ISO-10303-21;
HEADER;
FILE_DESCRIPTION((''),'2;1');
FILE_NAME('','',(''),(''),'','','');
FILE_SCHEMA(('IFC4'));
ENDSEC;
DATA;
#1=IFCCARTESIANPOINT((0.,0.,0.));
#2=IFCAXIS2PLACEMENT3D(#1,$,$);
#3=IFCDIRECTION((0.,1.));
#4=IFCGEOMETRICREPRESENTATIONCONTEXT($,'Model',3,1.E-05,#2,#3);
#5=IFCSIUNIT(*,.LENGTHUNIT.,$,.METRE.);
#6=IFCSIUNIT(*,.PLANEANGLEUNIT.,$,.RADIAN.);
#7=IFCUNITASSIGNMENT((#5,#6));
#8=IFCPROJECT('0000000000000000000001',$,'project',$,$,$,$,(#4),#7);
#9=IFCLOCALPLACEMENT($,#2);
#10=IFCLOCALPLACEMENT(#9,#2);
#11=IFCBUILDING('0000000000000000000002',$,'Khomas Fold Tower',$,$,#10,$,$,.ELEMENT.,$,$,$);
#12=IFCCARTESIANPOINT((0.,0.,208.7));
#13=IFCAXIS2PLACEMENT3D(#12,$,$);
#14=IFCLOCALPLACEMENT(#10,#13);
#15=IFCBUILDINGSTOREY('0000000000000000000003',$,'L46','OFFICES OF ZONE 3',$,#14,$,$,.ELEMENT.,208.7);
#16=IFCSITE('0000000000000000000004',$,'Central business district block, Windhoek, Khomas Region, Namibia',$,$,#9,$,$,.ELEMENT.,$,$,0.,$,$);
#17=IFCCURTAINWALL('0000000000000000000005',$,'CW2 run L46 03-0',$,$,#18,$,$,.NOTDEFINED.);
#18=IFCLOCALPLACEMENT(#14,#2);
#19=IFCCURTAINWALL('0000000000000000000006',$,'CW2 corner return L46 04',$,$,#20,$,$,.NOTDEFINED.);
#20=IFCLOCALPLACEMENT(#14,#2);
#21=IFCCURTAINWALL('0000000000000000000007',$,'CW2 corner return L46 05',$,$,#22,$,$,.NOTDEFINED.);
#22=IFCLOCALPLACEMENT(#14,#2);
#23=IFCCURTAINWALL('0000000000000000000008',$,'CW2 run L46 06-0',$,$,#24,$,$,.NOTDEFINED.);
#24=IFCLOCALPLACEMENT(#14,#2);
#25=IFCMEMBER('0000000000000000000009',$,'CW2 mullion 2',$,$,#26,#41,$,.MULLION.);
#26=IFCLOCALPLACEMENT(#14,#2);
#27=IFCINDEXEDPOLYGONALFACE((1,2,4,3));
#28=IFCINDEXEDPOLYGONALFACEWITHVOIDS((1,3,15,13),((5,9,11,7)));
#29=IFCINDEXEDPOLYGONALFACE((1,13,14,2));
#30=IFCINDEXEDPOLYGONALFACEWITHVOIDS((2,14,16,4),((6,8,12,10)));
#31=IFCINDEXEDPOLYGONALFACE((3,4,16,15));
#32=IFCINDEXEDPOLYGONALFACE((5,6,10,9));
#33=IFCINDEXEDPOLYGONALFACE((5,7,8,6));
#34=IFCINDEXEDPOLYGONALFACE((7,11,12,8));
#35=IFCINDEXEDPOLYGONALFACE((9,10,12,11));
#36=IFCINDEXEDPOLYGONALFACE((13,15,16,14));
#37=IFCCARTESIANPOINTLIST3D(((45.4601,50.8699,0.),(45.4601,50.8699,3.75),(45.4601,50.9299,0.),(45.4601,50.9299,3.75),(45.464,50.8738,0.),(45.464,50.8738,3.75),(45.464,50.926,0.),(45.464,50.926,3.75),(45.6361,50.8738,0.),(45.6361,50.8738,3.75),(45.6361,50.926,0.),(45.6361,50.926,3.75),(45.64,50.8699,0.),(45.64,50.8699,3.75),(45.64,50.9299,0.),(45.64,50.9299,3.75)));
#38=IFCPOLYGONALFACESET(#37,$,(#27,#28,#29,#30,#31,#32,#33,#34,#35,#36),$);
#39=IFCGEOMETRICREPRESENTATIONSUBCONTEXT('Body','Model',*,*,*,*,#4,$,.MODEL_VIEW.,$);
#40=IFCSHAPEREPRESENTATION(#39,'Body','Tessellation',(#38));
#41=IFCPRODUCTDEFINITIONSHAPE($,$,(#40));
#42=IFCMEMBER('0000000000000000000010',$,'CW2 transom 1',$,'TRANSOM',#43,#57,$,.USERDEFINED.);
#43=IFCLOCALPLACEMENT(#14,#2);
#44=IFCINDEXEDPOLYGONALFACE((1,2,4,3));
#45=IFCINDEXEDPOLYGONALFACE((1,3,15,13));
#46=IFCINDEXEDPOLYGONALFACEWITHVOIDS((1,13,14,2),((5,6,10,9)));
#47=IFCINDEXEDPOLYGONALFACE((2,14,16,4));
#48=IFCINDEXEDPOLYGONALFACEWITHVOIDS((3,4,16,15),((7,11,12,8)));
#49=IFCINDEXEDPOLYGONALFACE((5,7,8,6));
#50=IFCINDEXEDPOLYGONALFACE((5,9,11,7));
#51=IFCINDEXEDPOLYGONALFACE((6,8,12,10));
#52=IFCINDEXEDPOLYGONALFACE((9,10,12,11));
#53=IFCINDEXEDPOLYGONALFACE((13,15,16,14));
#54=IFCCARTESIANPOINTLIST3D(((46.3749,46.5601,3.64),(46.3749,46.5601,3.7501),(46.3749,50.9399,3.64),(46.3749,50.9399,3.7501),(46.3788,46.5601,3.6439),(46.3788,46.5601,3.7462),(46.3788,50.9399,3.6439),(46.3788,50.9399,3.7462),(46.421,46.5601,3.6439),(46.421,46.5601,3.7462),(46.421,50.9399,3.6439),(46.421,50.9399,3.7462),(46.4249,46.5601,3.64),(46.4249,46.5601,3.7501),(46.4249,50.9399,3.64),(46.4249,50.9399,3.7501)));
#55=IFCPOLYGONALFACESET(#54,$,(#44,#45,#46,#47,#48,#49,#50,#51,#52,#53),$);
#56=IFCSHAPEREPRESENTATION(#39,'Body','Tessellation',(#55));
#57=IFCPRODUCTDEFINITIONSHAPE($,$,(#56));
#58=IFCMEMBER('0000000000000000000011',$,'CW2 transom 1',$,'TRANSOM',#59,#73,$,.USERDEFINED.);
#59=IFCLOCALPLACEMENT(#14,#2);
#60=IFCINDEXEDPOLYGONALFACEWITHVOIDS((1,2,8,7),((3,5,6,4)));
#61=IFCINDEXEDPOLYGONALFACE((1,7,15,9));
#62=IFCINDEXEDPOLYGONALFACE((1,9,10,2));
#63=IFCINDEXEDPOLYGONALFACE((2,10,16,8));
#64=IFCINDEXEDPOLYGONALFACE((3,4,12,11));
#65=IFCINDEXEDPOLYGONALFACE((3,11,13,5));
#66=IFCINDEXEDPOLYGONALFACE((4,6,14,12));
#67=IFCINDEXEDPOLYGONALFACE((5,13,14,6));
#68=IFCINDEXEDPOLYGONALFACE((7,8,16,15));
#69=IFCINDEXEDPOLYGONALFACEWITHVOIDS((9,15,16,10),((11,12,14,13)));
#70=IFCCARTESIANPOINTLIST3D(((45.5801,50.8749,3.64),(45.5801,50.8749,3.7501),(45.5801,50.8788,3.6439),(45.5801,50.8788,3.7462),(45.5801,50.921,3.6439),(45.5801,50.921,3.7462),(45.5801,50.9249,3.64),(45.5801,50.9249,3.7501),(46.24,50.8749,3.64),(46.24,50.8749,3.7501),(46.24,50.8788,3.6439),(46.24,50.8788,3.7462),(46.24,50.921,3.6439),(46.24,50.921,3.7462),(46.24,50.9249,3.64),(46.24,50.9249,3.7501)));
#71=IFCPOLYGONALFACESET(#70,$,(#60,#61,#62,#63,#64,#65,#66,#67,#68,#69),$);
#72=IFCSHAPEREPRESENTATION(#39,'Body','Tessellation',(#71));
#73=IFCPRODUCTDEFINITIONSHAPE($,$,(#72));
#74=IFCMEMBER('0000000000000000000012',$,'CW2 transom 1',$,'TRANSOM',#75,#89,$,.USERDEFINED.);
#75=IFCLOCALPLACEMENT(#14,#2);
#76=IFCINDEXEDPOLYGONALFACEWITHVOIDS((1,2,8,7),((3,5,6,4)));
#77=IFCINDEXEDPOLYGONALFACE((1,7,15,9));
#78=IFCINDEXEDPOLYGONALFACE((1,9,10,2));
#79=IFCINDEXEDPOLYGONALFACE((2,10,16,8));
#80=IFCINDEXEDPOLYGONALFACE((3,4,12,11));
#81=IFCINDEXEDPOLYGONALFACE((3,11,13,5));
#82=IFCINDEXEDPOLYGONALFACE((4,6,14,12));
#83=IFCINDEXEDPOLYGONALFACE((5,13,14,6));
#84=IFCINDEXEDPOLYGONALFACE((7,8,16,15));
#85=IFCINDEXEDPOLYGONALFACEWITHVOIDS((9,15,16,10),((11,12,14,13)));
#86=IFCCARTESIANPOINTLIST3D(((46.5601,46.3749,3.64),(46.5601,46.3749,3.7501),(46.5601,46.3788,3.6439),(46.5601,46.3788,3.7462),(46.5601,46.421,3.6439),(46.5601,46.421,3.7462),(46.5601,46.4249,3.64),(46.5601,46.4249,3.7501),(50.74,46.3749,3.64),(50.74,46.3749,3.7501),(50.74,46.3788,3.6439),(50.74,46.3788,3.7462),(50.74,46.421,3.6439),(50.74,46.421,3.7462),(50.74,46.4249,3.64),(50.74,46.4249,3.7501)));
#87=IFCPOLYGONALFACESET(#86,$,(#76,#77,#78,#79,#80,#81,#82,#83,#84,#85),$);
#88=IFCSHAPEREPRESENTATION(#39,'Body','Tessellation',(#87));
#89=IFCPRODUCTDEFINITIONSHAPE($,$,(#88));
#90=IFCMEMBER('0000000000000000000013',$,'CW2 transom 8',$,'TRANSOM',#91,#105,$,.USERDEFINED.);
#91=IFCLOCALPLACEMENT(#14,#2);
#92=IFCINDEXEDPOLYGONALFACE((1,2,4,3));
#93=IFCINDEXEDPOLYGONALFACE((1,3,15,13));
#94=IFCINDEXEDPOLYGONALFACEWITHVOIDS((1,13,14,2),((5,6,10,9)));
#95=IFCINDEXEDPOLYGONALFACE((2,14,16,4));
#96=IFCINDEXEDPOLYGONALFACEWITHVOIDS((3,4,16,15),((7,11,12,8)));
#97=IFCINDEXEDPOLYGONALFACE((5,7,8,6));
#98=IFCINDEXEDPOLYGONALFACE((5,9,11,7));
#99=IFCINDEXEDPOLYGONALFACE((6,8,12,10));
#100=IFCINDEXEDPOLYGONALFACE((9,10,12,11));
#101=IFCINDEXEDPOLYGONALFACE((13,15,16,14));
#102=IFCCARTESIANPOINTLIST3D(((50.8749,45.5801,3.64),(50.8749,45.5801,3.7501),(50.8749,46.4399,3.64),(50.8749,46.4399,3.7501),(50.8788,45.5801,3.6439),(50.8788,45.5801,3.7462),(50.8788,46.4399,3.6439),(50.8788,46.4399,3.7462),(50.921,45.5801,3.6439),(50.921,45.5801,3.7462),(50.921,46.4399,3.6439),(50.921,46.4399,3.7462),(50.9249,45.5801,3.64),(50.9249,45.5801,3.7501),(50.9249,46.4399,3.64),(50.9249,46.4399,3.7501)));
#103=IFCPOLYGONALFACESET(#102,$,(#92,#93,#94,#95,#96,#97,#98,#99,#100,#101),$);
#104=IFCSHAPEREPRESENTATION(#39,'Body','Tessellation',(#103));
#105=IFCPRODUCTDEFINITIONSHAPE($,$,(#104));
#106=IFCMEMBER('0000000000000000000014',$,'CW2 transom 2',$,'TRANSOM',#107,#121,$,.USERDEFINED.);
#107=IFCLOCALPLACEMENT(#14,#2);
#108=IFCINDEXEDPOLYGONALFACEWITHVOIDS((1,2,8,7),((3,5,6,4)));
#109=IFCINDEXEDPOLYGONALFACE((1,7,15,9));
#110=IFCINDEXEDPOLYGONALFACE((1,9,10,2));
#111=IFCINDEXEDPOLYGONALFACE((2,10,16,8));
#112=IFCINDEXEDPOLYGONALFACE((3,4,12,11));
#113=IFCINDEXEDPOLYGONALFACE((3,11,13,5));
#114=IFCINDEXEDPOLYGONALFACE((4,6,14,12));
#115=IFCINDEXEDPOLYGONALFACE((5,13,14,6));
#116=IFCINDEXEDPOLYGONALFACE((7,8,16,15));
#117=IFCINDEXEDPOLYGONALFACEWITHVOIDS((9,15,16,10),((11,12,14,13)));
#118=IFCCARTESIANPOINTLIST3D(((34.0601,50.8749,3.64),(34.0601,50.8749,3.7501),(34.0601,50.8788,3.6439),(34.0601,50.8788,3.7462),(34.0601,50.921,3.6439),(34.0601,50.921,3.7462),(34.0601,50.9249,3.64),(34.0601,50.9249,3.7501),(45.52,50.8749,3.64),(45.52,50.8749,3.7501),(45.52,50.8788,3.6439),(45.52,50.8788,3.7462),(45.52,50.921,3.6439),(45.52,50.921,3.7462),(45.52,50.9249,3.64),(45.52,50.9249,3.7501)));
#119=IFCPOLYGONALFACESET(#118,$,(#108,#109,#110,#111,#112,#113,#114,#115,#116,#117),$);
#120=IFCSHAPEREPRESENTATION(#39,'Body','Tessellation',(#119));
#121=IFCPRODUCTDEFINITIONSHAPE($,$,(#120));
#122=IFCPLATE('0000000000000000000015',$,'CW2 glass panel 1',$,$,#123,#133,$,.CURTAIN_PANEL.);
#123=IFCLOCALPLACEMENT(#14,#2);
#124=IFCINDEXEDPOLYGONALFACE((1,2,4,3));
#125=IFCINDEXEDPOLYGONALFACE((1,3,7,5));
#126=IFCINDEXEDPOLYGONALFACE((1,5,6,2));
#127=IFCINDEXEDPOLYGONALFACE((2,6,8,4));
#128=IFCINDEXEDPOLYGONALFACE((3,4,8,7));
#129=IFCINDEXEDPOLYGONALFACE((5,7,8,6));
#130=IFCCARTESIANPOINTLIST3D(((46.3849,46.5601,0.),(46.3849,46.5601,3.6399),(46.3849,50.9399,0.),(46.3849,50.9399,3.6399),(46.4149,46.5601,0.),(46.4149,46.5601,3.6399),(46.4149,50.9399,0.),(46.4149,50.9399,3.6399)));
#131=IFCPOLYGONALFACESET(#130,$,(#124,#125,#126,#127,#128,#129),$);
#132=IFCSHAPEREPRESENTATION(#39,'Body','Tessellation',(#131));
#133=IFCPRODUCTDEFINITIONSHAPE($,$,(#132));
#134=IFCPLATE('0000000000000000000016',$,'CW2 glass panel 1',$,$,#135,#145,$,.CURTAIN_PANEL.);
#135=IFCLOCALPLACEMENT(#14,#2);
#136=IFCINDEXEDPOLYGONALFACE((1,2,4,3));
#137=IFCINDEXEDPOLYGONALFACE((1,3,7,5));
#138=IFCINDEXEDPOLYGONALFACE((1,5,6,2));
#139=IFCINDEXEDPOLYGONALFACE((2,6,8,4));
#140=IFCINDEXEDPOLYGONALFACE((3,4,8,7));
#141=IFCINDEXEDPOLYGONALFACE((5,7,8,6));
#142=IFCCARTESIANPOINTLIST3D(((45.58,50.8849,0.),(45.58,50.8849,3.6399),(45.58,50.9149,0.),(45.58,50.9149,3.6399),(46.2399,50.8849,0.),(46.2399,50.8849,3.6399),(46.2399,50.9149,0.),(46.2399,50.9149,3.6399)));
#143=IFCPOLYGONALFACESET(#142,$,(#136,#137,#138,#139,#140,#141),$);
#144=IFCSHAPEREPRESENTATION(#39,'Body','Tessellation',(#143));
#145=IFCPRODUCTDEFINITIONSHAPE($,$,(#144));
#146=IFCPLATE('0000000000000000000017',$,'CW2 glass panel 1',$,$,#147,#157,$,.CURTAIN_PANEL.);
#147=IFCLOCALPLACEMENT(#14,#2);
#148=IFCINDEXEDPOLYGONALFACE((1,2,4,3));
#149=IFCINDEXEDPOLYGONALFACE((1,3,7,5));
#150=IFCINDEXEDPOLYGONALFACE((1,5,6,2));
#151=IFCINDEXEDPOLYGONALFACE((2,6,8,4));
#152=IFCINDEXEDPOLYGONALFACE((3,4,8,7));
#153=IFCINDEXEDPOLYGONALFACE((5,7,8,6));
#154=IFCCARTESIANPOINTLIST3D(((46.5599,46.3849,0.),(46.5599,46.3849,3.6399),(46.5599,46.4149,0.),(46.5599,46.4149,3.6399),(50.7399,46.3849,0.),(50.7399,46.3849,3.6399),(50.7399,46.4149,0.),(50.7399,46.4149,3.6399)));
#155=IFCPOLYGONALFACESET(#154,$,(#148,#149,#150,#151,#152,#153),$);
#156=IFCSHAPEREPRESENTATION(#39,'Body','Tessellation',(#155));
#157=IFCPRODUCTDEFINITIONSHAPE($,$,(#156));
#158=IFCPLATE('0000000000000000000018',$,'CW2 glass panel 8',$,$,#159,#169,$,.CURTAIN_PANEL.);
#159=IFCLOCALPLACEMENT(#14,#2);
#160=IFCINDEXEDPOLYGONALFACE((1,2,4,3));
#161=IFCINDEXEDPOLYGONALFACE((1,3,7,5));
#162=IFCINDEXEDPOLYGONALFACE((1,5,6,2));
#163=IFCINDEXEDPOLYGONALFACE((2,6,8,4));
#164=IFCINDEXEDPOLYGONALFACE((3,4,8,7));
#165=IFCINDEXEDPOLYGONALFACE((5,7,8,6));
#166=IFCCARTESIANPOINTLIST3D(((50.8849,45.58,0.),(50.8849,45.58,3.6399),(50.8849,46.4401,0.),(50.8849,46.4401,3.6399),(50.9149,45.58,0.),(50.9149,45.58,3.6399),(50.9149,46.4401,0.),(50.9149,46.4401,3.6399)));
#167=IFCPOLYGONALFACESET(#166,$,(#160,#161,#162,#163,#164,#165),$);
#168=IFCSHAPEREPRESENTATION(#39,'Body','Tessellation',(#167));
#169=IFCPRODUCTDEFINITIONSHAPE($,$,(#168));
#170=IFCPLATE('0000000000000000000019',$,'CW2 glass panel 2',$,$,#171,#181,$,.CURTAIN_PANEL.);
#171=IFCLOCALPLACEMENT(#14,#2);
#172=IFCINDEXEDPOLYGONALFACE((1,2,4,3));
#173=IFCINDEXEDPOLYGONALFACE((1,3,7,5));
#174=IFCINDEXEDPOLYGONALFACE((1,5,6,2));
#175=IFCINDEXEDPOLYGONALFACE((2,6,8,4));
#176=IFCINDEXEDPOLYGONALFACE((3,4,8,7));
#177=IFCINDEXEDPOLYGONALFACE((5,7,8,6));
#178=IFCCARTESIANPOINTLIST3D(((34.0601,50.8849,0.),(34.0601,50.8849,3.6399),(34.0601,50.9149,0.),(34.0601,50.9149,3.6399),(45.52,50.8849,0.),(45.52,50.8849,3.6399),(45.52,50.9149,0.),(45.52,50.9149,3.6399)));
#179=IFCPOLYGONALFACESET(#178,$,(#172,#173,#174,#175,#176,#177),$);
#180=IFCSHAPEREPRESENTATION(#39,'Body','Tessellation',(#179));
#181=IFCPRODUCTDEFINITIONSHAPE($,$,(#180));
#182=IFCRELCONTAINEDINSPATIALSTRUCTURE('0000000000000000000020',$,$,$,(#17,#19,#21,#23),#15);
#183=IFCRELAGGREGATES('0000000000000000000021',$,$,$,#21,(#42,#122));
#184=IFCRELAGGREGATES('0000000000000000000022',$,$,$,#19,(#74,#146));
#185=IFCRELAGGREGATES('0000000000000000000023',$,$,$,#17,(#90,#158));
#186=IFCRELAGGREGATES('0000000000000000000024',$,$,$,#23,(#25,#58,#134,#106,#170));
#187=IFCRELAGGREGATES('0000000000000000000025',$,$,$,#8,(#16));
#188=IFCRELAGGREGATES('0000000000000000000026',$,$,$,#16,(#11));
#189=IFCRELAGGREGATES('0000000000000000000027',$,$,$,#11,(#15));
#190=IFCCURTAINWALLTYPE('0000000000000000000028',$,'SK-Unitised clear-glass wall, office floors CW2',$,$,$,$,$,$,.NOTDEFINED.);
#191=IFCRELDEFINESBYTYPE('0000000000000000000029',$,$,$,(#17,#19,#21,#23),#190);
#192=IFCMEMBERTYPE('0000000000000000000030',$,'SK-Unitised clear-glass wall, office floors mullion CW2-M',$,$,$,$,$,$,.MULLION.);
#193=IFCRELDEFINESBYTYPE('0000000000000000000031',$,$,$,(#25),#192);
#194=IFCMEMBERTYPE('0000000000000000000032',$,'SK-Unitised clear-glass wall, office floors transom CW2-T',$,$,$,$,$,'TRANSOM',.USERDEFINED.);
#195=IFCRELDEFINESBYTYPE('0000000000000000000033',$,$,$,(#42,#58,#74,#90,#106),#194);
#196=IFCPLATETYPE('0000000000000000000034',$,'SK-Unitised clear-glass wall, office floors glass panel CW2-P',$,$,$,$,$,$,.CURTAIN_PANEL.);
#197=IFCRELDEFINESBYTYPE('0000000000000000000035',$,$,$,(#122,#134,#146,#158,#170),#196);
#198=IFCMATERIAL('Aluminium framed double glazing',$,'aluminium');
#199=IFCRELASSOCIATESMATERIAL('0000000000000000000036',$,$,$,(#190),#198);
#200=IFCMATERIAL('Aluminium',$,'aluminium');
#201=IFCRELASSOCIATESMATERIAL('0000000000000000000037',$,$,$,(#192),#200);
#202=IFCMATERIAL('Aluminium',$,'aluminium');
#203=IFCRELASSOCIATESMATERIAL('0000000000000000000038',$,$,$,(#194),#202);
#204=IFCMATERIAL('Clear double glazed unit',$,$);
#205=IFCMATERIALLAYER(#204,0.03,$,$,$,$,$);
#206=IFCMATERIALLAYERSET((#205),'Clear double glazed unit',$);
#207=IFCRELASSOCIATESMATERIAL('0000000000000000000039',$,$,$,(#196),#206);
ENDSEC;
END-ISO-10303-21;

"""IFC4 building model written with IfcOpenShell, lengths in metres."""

from ifc_helpers import new_model, si_unit, direction, frame, origin, origin_2d, place, context, subcontext, project, spatial, rectangle, hollow_rectangle, extrude, source, transform, mapped, material, layer, layer_set, material_profile, profile_set, type_object, element, aggregate, save


model = new_model("IFC4")

# Units and contexts
model_context = context("Model", 3, precision=1e-05, world=origin(), true_north=direction((0.0, 1.0)))
body_context = subcontext(model_context, "Body", "Model", "MODEL_VIEW")
ifc_project = project(units=[si_unit("LENGTHUNIT", "METRE"), si_unit("PLANEANGLEUNIT", "RADIAN")], contexts=[model_context])

# Site, building, storey
site_placement = place(None, origin())
site = spatial("IfcSite", under=ifc_project, at=site_placement, Name="Central business district block, Windhoek, Khomas Region, Namibia", CompositionType="ELEMENT", RefElevation=0.0)
building_placement = place(site_placement, origin())
building = spatial("IfcBuilding", under=site, at=building_placement, Name="Khomas Fold Tower", CompositionType="ELEMENT")
storey_placement = place(building_placement, frame((0.0, 0.0, 208.7)))
storey = spatial("IfcBuildingStorey", under=building, at=storey_placement, Name="L46", Description="OFFICES OF ZONE 3", CompositionType="ELEMENT", Elevation=208.7)

# Curtain walls
ifc_material_1 = material(Name="Aluminium framed double glazing", Category="aluminium")
curtain_wall_type = type_object("IfcCurtainWallType", Name="SK-Unitised clear-glass wall, office floors CW2", PredefinedType="NOTDEFINED", material=ifc_material_1)
curtain_wall_1_placement = place(storey_placement, origin())
curtain_wall_1 = element("IfcCurtainWall", 1, at=curtain_wall_1_placement, inside=storey, type_object=curtain_wall_type, Name="CW2 run L46 03-0", PredefinedType="NOTDEFINED")
ifc_material_2 = material(Name="Aluminium", Category="aluminium")
ifc_material_profile_1 = material_profile(ifc_material_2, hollow_rectangle(XDim=0.0601, YDim=0.1799, WallThickness=0.0039, at=origin_2d()), Name="SK-Unitised clear-glass wall, office floors mullion CW2-M")
ifc_profile_set_1 = profile_set([ifc_material_profile_1], Name="Aluminium")
member_type_1 = type_object("IfcMemberType", Name="SK-Unitised clear-glass wall, office floors mullion CW2-M", PredefinedType="MULLION", material=ifc_profile_set_1)
shared_shape_1 = source(origin(), body_context, "Body", "SweptSolid", [
    extrude(hollow_rectangle(XDim=0.0601, YDim=0.1799, WallThickness=0.0039, at=origin_2d()), origin(), (0.0, 0.0, 1.0), 3.75),
])
curtain_wall_2_placement = place(storey_placement, origin())
curtain_wall_2 = element("IfcCurtainWall", 2, at=curtain_wall_2_placement, inside=storey, type_object=curtain_wall_type, Name="CW2 corner return L46 04", PredefinedType="NOTDEFINED")
curtain_wall_3_placement = place(storey_placement, origin())
curtain_wall_3 = element("IfcCurtainWall", 3, at=curtain_wall_3_placement, inside=storey, type_object=curtain_wall_type, Name="CW2 corner return L46 05", PredefinedType="NOTDEFINED")

# Curtain wall, member
curtain_wall_4_placement = place(storey_placement, origin())
curtain_wall_4 = element("IfcCurtainWall", 4, at=curtain_wall_4_placement, inside=storey, type_object=curtain_wall_type, Name="CW2 run L46 06-0", PredefinedType="NOTDEFINED")
member_1_placement = place(storey_placement, frame((45.55, 50.8999, 0.0), z_axis=(0.0, 0.0, 1.0), x_axis=(0.0, -1.0, 0.0)))
member_1 = element("IfcMember", 5, at=member_1_placement, type_object=member_type_1, Name="CW2 mullion 2", PredefinedType="MULLION", context=body_context, shape_type="MappedRepresentation", body=[
    mapped(shared_shape_1, transform((0.0, 0.0, 0.0))),
])

# Members
ifc_material_3 = material(Name="Aluminium", Category="aluminium")
ifc_material_profile_2 = material_profile(ifc_material_3, hollow_rectangle(XDim=0.05, YDim=0.1101, WallThickness=0.0039, at=origin_2d()), Name="SK-Unitised clear-glass wall, office floors transom CW2-T")
ifc_profile_set_2 = profile_set([ifc_material_profile_2], Name="Aluminium")
member_type_2 = type_object("IfcMemberType", Name="SK-Unitised clear-glass wall, office floors transom CW2-T", ElementType="TRANSOM", PredefinedType="USERDEFINED", material=ifc_profile_set_2)
shared_shape_2 = source(origin(), body_context, "Body", "SweptSolid", [
    extrude(hollow_rectangle(XDim=0.05, YDim=0.1101, WallThickness=0.0039, at=origin_2d()), origin(), (0.0, 0.0, 1.0), 4.3799),
])
member_2_placement = place(storey_placement, frame((46.3999, 46.5601, 3.6951), z_axis=(0.0, 1.0, 0.0), x_axis=(-1.0, 0.0, 0.0)))
member_2 = element("IfcMember", 6, at=member_2_placement, type_object=member_type_2, Name="CW2 transom 1", ObjectType="TRANSOM", PredefinedType="USERDEFINED", context=body_context, shape_type="MappedRepresentation", body=[
    mapped(shared_shape_2, transform((0.0, 0.0, 0.0))),
])
shared_shape_3 = source(origin(), body_context, "Body", "SweptSolid", [
    extrude(hollow_rectangle(XDim=0.05, YDim=0.1101, WallThickness=0.0039, at=origin_2d()), origin(), (0.0, 0.0, 1.0), 0.6599),
])
member_3_placement = place(storey_placement, frame((46.24, 50.8999, 3.6951), z_axis=(-1.0, 0.0, 0.0), x_axis=(0.0, -1.0, 0.0)))
member_3 = element("IfcMember", 7, at=member_3_placement, type_object=member_type_2, Name="CW2 transom 1", ObjectType="TRANSOM", PredefinedType="USERDEFINED", context=body_context, shape_type="MappedRepresentation", body=[
    mapped(shared_shape_3, transform((0.0, 0.0, 0.0))),
])
shared_shape_4 = source(origin(), body_context, "Body", "SweptSolid", [
    extrude(hollow_rectangle(XDim=0.05, YDim=0.1101, WallThickness=0.0039, at=origin_2d()), origin(), (0.0, 0.0, 1.0), 4.1799),
])
member_4_placement = place(storey_placement, frame((50.74, 46.3999, 3.6951), z_axis=(-1.0, 0.0, 0.0), x_axis=(0.0, -1.0, 0.0)))
member_4 = element("IfcMember", 8, at=member_4_placement, type_object=member_type_2, Name="CW2 transom 1", ObjectType="TRANSOM", PredefinedType="USERDEFINED", context=body_context, shape_type="MappedRepresentation", body=[
    mapped(shared_shape_4, transform((0.0, 0.0, 0.0))),
])
shared_shape_5 = source(origin(), body_context, "Body", "SweptSolid", [
    extrude(hollow_rectangle(XDim=0.05, YDim=0.1101, WallThickness=0.0039, at=origin_2d()), origin(), (0.0, 0.0, 1.0), 0.8599),
])
member_5_placement = place(storey_placement, frame((50.8999, 45.5801, 3.6951), z_axis=(0.0, 1.0, 0.0), x_axis=(-1.0, 0.0, 0.0)))
member_5 = element("IfcMember", 9, at=member_5_placement, type_object=member_type_2, Name="CW2 transom 8", ObjectType="TRANSOM", PredefinedType="USERDEFINED", context=body_context, shape_type="MappedRepresentation", body=[
    mapped(shared_shape_5, transform((0.0, 0.0, 0.0))),
])
shared_shape_6 = source(origin(), body_context, "Body", "SweptSolid", [
    extrude(hollow_rectangle(XDim=0.05, YDim=0.1101, WallThickness=0.0039, at=origin_2d()), origin(), (0.0, 0.0, 1.0), 11.46),
])
member_6_placement = place(storey_placement, frame((45.52, 50.8999, 3.6951), z_axis=(-1.0, 0.0, 0.0), x_axis=(0.0, -1.0, 0.0)))
member_6 = element("IfcMember", 10, at=member_6_placement, type_object=member_type_2, Name="CW2 transom 2", ObjectType="TRANSOM", PredefinedType="USERDEFINED", context=body_context, shape_type="MappedRepresentation", body=[
    mapped(shared_shape_6, transform((0.0, 0.0, 0.0))),
])

# Plates
ifc_material_4 = material(Name="Clear double glazed unit")
ifc_layer_1 = layer(ifc_material_4, 0.03)
ifc_layer_set_1 = layer_set([ifc_layer_1], Name="Clear double glazed unit")
plate_type = type_object("IfcPlateType", Name="SK-Unitised clear-glass wall, office floors glass panel CW2-P", PredefinedType="CURTAIN_PANEL", material=ifc_layer_set_1)
shared_shape_7 = source(origin(), body_context, "Body", "SweptSolid", [
    extrude(rectangle(XDim=4.3799, YDim=0.03, at=origin_2d()), origin(), (0.0, 0.0, 1.0), 3.6399),
])
plate_1_placement = place(storey_placement, frame((46.3999, 48.75, 0.0), z_axis=(0.0, 0.0, 1.0), x_axis=(0.0, 1.0, 0.0)))
plate_1 = element("IfcPlate", 11, at=plate_1_placement, type_object=plate_type, Name="CW2 glass panel 1", PredefinedType="CURTAIN_PANEL", context=body_context, shape_type="MappedRepresentation", body=[
    mapped(shared_shape_7, transform((0.0, 0.0, 0.0))),
])
aggregate(curtain_wall_3, [member_2, plate_1])
shared_shape_8 = source(origin(), body_context, "Body", "SweptSolid", [
    extrude(rectangle(XDim=0.6599, YDim=0.03, at=origin_2d()), origin(), (0.0, 0.0, 1.0), 3.6399),
])
plate_2_placement = place(storey_placement, frame((45.9099, 50.8999, 0.0), z_axis=(0.0, 0.0, 1.0), x_axis=(-1.0, 0.0, 0.0)))
plate_2 = element("IfcPlate", 12, at=plate_2_placement, type_object=plate_type, Name="CW2 glass panel 1", PredefinedType="CURTAIN_PANEL", context=body_context, shape_type="MappedRepresentation", body=[
    mapped(shared_shape_8, transform((0.0, 0.0, 0.0))),
])
shared_shape_9 = source(origin(), body_context, "Body", "SweptSolid", [
    extrude(rectangle(XDim=4.1799, YDim=0.03, at=origin_2d()), origin(), (0.0, 0.0, 1.0), 3.6399),
])
plate_3_placement = place(storey_placement, frame((48.6499, 46.3999, 0.0), z_axis=(0.0, 0.0, 1.0), x_axis=(-1.0, 0.0, 0.0)))
plate_3 = element("IfcPlate", 13, at=plate_3_placement, type_object=plate_type, Name="CW2 glass panel 1", PredefinedType="CURTAIN_PANEL", context=body_context, shape_type="MappedRepresentation", body=[
    mapped(shared_shape_9, transform((0.0, 0.0, 0.0))),
])
aggregate(curtain_wall_2, [member_4, plate_3])
shared_shape_10 = source(origin(), body_context, "Body", "SweptSolid", [
    extrude(rectangle(XDim=0.8601, YDim=0.03, at=origin_2d()), origin(), (0.0, 0.0, 1.0), 3.6399),
])
plate_4_placement = place(storey_placement, frame((50.8999, 46.01, 0.0), z_axis=(0.0, 0.0, 1.0), x_axis=(0.0, 1.0, 0.0)))
plate_4 = element("IfcPlate", 14, at=plate_4_placement, type_object=plate_type, Name="CW2 glass panel 8", PredefinedType="CURTAIN_PANEL", context=body_context, shape_type="MappedRepresentation", body=[
    mapped(shared_shape_10, transform((0.0, 0.0, 0.0))),
])
aggregate(curtain_wall_1, [member_5, plate_4])
shared_shape_11 = source(origin(), body_context, "Body", "SweptSolid", [
    extrude(rectangle(XDim=11.46, YDim=0.03, at=origin_2d()), origin(), (0.0, 0.0, 1.0), 3.6399),
])
plate_5_placement = place(storey_placement, frame((39.79, 50.8999, 0.0), z_axis=(0.0, 0.0, 1.0), x_axis=(-1.0, 0.0, 0.0)))
plate_5 = element("IfcPlate", 15, at=plate_5_placement, type_object=plate_type, Name="CW2 glass panel 2", PredefinedType="CURTAIN_PANEL", context=body_context, shape_type="MappedRepresentation", body=[
    mapped(shared_shape_11, transform((0.0, 0.0, 0.0))),
])
aggregate(curtain_wall_4, [member_1, member_3, plate_2, member_6, plate_5])

save(model, "model.ifc")
